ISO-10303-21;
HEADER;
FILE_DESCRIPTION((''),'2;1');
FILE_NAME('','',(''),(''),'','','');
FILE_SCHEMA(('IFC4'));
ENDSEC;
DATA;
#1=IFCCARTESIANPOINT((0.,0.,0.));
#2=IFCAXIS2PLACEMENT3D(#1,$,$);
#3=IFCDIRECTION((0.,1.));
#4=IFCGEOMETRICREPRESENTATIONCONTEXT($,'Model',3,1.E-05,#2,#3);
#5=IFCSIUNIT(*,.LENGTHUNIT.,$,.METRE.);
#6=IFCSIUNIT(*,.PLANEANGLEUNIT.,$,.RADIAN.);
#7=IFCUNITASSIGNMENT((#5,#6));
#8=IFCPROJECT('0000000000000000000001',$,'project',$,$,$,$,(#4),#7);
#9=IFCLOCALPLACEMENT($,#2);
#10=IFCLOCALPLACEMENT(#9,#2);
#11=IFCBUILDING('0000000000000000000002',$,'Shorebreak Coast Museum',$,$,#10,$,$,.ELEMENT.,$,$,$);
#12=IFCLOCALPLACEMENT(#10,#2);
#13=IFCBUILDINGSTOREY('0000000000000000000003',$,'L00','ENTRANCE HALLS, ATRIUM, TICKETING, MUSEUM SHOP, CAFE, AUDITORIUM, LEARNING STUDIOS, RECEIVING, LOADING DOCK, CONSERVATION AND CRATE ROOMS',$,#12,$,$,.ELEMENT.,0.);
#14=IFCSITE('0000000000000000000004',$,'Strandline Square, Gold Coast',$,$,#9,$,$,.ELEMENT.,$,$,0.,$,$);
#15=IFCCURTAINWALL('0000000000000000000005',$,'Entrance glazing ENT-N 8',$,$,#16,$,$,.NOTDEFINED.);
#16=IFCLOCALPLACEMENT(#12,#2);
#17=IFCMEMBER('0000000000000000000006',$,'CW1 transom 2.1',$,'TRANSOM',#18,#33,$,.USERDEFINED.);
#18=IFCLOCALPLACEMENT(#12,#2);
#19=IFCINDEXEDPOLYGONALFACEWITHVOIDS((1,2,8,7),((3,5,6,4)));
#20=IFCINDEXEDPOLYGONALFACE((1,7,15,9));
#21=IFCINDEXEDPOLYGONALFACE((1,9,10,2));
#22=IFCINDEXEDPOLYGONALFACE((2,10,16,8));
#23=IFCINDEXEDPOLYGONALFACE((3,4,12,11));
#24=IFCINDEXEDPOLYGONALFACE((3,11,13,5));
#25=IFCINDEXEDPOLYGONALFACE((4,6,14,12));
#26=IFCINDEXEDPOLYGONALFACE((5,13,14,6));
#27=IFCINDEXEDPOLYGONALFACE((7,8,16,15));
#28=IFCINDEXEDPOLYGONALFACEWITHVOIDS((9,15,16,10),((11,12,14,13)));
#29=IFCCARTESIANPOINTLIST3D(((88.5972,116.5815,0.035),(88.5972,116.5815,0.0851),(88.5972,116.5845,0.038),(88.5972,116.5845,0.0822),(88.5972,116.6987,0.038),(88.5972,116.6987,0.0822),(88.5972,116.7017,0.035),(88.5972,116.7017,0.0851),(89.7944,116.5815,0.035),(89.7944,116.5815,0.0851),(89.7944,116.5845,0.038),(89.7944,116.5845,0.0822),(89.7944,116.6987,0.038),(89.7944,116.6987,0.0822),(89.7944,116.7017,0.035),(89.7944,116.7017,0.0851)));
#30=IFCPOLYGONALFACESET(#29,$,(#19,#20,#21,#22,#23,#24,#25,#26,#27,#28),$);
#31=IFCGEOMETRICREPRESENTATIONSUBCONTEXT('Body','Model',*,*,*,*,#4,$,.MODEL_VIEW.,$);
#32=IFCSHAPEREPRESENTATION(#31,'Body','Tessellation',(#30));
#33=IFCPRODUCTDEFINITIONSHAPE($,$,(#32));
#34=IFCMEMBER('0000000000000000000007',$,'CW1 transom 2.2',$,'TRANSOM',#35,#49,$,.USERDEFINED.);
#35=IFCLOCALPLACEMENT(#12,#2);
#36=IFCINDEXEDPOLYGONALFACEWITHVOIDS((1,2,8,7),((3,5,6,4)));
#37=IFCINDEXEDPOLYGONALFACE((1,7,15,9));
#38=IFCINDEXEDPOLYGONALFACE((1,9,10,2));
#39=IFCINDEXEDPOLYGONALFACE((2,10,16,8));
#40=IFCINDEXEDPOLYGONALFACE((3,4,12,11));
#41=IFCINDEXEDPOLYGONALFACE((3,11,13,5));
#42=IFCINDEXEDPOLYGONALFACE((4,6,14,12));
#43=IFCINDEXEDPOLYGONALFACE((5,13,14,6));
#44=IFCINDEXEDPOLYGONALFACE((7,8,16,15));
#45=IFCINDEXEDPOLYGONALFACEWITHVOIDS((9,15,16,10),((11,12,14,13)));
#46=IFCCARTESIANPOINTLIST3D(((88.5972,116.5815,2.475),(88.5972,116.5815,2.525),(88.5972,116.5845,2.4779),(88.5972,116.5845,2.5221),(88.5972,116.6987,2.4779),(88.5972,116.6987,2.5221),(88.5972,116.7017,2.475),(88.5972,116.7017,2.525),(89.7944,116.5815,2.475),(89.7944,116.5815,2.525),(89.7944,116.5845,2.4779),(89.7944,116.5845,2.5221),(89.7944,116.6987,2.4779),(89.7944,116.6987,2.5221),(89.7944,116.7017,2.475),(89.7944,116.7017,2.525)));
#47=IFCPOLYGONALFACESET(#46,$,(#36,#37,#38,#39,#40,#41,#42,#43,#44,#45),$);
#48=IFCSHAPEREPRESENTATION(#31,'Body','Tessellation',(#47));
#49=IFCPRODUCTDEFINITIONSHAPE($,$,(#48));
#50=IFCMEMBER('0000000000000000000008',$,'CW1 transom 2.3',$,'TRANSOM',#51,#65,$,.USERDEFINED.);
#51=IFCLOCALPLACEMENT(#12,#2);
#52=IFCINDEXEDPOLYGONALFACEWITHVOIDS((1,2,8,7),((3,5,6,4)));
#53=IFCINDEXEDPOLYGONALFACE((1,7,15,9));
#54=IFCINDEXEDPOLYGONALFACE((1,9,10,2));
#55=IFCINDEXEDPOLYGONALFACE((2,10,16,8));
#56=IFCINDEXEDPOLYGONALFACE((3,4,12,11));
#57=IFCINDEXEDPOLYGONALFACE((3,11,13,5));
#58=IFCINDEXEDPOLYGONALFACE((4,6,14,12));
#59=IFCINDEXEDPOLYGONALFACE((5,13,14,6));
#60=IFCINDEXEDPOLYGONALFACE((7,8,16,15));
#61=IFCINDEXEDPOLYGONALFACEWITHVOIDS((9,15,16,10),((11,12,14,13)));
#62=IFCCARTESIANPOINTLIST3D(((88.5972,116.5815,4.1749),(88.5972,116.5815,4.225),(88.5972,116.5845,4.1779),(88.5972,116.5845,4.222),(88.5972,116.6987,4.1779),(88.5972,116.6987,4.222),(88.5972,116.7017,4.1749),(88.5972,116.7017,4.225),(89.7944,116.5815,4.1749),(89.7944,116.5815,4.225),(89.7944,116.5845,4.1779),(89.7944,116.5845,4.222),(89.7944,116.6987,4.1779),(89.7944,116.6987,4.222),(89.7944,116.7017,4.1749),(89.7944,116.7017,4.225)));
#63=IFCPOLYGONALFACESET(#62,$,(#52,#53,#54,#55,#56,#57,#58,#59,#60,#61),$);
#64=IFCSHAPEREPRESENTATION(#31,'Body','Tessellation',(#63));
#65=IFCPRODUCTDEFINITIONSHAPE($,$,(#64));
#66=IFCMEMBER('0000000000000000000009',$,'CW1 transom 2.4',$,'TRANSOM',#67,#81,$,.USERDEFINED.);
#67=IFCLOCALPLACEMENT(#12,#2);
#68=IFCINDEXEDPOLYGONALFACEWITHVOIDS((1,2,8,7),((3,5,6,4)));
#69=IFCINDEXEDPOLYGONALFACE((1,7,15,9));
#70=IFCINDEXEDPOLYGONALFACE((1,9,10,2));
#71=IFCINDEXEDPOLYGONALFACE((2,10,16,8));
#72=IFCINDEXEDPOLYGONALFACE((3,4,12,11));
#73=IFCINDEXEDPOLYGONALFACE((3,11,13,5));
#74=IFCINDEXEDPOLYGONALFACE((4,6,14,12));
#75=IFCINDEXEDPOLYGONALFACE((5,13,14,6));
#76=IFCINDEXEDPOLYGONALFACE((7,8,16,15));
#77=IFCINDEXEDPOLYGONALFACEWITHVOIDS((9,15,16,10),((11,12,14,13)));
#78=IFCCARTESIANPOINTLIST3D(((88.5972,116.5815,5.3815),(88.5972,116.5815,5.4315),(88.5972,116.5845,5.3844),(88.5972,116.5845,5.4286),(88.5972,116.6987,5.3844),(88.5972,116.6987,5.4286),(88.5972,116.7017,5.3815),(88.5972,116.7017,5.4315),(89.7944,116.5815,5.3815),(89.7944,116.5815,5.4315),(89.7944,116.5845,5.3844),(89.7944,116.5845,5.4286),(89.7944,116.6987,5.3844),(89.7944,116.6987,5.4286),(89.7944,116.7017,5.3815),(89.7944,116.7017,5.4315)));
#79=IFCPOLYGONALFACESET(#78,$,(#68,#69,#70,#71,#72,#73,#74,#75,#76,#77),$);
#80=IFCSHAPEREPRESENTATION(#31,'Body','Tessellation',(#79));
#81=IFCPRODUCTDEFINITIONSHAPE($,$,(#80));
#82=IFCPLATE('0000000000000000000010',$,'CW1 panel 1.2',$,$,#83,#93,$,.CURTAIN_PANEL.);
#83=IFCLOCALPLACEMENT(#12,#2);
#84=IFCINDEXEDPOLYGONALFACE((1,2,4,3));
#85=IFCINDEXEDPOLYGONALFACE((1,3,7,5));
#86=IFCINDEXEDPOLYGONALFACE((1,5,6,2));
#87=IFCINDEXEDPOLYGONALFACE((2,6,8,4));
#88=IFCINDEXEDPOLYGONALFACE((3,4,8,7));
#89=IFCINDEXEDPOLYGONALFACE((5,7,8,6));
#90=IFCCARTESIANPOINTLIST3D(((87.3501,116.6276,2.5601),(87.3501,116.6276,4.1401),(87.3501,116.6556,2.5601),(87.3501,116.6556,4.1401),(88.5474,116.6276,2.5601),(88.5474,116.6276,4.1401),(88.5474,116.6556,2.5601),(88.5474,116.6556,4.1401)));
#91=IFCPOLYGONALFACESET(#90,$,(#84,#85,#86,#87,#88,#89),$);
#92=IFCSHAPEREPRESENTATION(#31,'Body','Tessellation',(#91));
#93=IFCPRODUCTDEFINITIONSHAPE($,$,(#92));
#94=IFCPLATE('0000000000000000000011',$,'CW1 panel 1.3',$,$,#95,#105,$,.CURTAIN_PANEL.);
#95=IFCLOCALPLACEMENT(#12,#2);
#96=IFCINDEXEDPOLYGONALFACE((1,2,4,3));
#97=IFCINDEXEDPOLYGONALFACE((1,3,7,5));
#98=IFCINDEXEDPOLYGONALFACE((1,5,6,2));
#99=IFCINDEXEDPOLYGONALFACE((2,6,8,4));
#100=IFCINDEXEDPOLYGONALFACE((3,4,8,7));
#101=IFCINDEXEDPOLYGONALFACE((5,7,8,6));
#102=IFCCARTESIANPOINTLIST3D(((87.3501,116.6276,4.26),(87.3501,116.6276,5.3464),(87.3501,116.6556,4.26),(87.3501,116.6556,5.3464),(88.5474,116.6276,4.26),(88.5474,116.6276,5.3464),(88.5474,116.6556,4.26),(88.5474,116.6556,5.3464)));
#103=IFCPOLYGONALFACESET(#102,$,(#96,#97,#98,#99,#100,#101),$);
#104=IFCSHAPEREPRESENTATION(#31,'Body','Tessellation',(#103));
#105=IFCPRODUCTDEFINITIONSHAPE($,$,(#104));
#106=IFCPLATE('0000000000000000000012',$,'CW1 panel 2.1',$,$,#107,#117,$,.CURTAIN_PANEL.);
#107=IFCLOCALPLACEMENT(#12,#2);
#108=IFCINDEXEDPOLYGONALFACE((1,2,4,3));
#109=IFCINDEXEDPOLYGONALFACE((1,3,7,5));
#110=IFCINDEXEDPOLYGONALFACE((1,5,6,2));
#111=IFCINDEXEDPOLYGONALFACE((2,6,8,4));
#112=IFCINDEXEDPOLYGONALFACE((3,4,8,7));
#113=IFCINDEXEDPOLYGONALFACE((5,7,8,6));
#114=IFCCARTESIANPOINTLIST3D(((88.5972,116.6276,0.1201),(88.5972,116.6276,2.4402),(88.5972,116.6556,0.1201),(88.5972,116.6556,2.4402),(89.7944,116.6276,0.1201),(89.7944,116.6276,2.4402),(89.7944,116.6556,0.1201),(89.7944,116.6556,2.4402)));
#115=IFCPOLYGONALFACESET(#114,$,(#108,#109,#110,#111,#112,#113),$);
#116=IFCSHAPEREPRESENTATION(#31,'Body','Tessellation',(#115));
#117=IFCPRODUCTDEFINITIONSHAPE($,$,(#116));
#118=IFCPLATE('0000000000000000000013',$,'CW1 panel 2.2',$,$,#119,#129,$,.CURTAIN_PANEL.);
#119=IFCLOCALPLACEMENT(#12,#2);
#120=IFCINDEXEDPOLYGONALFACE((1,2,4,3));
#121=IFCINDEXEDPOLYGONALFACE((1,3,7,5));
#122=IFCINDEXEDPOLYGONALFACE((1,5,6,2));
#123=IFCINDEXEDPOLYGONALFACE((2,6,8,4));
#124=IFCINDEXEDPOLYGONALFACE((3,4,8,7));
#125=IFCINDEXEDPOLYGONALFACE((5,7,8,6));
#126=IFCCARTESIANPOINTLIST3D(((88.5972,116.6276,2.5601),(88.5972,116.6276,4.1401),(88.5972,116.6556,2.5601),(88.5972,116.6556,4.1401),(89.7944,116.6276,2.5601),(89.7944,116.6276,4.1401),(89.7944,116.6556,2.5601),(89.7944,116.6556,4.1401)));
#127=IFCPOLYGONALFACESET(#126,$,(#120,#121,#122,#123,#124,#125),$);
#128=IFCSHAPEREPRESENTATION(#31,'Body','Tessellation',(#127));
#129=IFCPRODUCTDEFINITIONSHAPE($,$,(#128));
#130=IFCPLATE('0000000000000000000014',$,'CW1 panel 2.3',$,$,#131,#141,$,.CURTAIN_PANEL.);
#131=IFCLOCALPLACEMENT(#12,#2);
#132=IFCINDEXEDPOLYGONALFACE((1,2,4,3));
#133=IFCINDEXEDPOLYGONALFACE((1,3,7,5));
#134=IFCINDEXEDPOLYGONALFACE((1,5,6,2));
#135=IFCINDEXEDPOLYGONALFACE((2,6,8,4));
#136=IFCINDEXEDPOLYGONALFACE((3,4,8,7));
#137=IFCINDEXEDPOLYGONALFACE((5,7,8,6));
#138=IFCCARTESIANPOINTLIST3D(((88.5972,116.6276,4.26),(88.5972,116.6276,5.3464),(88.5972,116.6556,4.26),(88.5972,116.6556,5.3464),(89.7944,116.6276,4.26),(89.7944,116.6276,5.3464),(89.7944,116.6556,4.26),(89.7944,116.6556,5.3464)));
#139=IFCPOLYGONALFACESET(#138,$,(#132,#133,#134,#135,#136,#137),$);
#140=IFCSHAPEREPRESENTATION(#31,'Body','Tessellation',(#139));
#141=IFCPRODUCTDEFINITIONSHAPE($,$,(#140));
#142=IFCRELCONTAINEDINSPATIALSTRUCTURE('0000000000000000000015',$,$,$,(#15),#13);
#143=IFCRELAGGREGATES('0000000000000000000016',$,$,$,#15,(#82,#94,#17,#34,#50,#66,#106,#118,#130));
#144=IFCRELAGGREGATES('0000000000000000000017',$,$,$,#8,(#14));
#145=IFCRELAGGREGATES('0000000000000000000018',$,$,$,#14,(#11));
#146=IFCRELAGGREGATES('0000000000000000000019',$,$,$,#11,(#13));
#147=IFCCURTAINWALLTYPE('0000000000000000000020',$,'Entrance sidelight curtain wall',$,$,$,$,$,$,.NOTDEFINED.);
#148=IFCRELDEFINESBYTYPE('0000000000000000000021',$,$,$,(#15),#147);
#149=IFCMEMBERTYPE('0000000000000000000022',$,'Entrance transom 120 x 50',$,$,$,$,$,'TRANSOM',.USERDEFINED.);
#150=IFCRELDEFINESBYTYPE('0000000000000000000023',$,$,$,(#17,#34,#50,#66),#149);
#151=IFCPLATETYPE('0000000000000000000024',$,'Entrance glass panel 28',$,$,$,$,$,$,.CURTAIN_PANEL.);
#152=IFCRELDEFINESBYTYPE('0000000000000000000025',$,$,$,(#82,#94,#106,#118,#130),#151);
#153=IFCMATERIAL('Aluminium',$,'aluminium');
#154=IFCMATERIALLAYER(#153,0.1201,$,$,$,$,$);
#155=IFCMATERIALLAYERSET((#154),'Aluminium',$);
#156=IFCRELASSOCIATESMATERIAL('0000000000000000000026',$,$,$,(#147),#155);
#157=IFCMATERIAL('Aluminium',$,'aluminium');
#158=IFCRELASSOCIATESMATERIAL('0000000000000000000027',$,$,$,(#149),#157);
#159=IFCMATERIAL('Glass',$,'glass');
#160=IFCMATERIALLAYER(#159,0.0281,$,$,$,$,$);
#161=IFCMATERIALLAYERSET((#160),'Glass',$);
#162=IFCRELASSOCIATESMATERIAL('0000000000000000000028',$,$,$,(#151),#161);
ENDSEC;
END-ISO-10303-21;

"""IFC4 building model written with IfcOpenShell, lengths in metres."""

from ifc_helpers import new_model, si_unit, direction, frame, origin, origin_2d, place, context, subcontext, project, spatial, rectangle, hollow_rectangle, extrude, material, layer, layer_set, material_profile, profile_set, type_object, element, aggregate, save


model = new_model("IFC4")

# Units and contexts
model_context = context("Model", 3, precision=1e-05, world=origin(), true_north=direction((0.0, 1.0)))
body_context = subcontext(model_context, "Body", "Model", "MODEL_VIEW")
ifc_project = project(units=[si_unit("LENGTHUNIT", "METRE"), si_unit("PLANEANGLEUNIT", "RADIAN")], contexts=[model_context])

# Site, building, storey
site_placement = place(None, origin())
site = spatial("IfcSite", under=ifc_project, at=site_placement, Name="Strandline Square, Gold Coast", CompositionType="ELEMENT", RefElevation=0.0)
building_placement = place(site_placement, origin())
building = spatial("IfcBuilding", under=site, at=building_placement, Name="Shorebreak Coast Museum", CompositionType="ELEMENT")
storey_placement = place(building_placement, origin())
storey = spatial("IfcBuildingStorey", under=building, at=storey_placement, Name="L00", Description="ENTRANCE HALLS, ATRIUM, TICKETING, MUSEUM SHOP, CAFE, AUDITORIUM, LEARNING STUDIOS, RECEIVING, LOADING DOCK, CONSERVATION AND CRATE ROOMS", CompositionType="ELEMENT", Elevation=0.0)

# Curtain wall, members, plates
ifc_material_1 = material(Name="Aluminium", Category="aluminium")
ifc_layer_1 = layer(ifc_material_1, 0.1201)
ifc_layer_set_1 = layer_set([ifc_layer_1], Name="Aluminium")
curtain_wall_type = type_object("IfcCurtainWallType", Name="Entrance sidelight curtain wall", PredefinedType="NOTDEFINED", material=ifc_layer_set_1)
curtain_wall_placement = place(storey_placement, origin())
curtain_wall = element("IfcCurtainWall", 1, at=curtain_wall_placement, inside=storey, type_object=curtain_wall_type, Name="Entrance glazing ENT-N 8", PredefinedType="NOTDEFINED")
ifc_material_2 = material(Name="Aluminium", Category="aluminium")
ifc_material_profile_1 = material_profile(ifc_material_2, hollow_rectangle(XDim=0.1201, YDim=0.05, WallThickness=0.0029, at=origin_2d()), Name="AL 50x120 RHS")
ifc_profile_set_1 = profile_set([ifc_material_profile_1], Name="Aluminium")
member_type_1 = type_object("IfcMemberType", Name="Entrance transom 120 x 50", ElementType="TRANSOM", PredefinedType="USERDEFINED", material=ifc_profile_set_1)
member_1_placement = place(storey_placement, frame((88.5972, 116.6416, 0.0601), z_axis=(1.0, 0.0, 0.0), x_axis=(0.0, 1.0, 0.0)))
member_1 = element("IfcMember", 2, at=member_1_placement, type_object=member_type_1, Name="CW1 transom 2.1", ObjectType="TRANSOM", PredefinedType="USERDEFINED", context=body_context, shape_type="SweptSolid", body=[
    extrude(hollow_rectangle(XDim=0.1201, YDim=0.05, WallThickness=0.0029, at=origin_2d()), origin(), (0.0, 0.0, 1.0), 1.1973),
])
member_2_placement = place(storey_placement, frame((88.5972, 116.6416, 2.5), z_axis=(1.0, 0.0, 0.0), x_axis=(0.0, 1.0, 0.0)))
member_2 = element("IfcMember", 3, at=member_2_placement, type_object=member_type_1, Name="CW1 transom 2.2", ObjectType="TRANSOM", PredefinedType="USERDEFINED", context=body_context, shape_type="SweptSolid", body=[
    extrude(hollow_rectangle(XDim=0.1201, YDim=0.05, WallThickness=0.0029, at=origin_2d()), origin(), (0.0, 0.0, 1.0), 1.1973),
])
member_3_placement = place(storey_placement, frame((88.5972, 116.6416, 4.2), z_axis=(1.0, 0.0, 0.0), x_axis=(0.0, 1.0, 0.0)))
member_3 = element("IfcMember", 4, at=member_3_placement, type_object=member_type_1, Name="CW1 transom 2.3", ObjectType="TRANSOM", PredefinedType="USERDEFINED", context=body_context, shape_type="SweptSolid", body=[
    extrude(hollow_rectangle(XDim=0.1201, YDim=0.05, WallThickness=0.0029, at=origin_2d()), origin(), (0.0, 0.0, 1.0), 1.1973),
])
member_4_placement = place(storey_placement, frame((88.5972, 116.6416, 5.4065), z_axis=(1.0, 0.0, 0.0), x_axis=(0.0, 1.0, 0.0)))
member_4 = element("IfcMember", 5, at=member_4_placement, type_object=member_type_1, Name="CW1 transom 2.4", ObjectType="TRANSOM", PredefinedType="USERDEFINED", context=body_context, shape_type="SweptSolid", body=[
    extrude(hollow_rectangle(XDim=0.1201, YDim=0.05, WallThickness=0.0029, at=origin_2d()), origin(), (0.0, 0.0, 1.0), 1.1973),
])
ifc_material_3 = material(Name="Glass", Category="glass")
ifc_layer_2 = layer(ifc_material_3, 0.0281)
ifc_layer_set_2 = layer_set([ifc_layer_2], Name="Glass")
plate_type = type_object("IfcPlateType", Name="Entrance glass panel 28", PredefinedType="CURTAIN_PANEL", material=ifc_layer_set_2)
plate_1_placement = place(storey_placement, frame((87.9487, 116.6416, 2.5601), z_axis=(0.0, 0.0, 1.0), x_axis=(1.0, 0.0, 0.0)))
plate_1 = element("IfcPlate", 6, at=plate_1_placement, type_object=plate_type, Name="CW1 panel 1.2", PredefinedType="CURTAIN_PANEL", context=body_context, shape_type="SweptSolid", body=[
    extrude(rectangle(XDim=1.1973, YDim=0.0281, at=origin_2d()), origin(), (0.0, 0.0, 1.0), 1.5801),
])
plate_2_placement = place(storey_placement, frame((87.9487, 116.6416, 4.26), z_axis=(0.0, 0.0, 1.0), x_axis=(1.0, 0.0, 0.0)))
plate_2 = element("IfcPlate", 7, at=plate_2_placement, type_object=plate_type, Name="CW1 panel 1.3", PredefinedType="CURTAIN_PANEL", context=body_context, shape_type="SweptSolid", body=[
    extrude(rectangle(XDim=1.1973, YDim=0.0281, at=origin_2d()), origin(), (0.0, 0.0, 1.0), 1.0864),
])
plate_3_placement = place(storey_placement, frame((89.1958, 116.6416, 0.1201), z_axis=(0.0, 0.0, 1.0), x_axis=(1.0, 0.0, 0.0)))
plate_3 = element("IfcPlate", 8, at=plate_3_placement, type_object=plate_type, Name="CW1 panel 2.1", PredefinedType="CURTAIN_PANEL", context=body_context, shape_type="SweptSolid", body=[
    extrude(rectangle(XDim=1.1973, YDim=0.0281, at=origin_2d()), origin(), (0.0, 0.0, 1.0), 2.3201),
])
plate_4_placement = place(storey_placement, frame((89.1958, 116.6416, 2.5601), z_axis=(0.0, 0.0, 1.0), x_axis=(1.0, 0.0, 0.0)))
plate_4 = element("IfcPlate", 9, at=plate_4_placement, type_object=plate_type, Name="CW1 panel 2.2", PredefinedType="CURTAIN_PANEL", context=body_context, shape_type="SweptSolid", body=[
    extrude(rectangle(XDim=1.1973, YDim=0.0281, at=origin_2d()), origin(), (0.0, 0.0, 1.0), 1.5801),
])
plate_5_placement = place(storey_placement, frame((89.1958, 116.6416, 4.26), z_axis=(0.0, 0.0, 1.0), x_axis=(1.0, 0.0, 0.0)))
plate_5 = element("IfcPlate", 10, at=plate_5_placement, type_object=plate_type, Name="CW1 panel 2.3", PredefinedType="CURTAIN_PANEL", context=body_context, shape_type="SweptSolid", body=[
    extrude(rectangle(XDim=1.1973, YDim=0.0281, at=origin_2d()), origin(), (0.0, 0.0, 1.0), 1.0864),
])
aggregate(curtain_wall, [plate_1, plate_2, member_1, member_2, member_3, member_4, plate_3, plate_4, plate_5])

save(model, "model.ifc")
